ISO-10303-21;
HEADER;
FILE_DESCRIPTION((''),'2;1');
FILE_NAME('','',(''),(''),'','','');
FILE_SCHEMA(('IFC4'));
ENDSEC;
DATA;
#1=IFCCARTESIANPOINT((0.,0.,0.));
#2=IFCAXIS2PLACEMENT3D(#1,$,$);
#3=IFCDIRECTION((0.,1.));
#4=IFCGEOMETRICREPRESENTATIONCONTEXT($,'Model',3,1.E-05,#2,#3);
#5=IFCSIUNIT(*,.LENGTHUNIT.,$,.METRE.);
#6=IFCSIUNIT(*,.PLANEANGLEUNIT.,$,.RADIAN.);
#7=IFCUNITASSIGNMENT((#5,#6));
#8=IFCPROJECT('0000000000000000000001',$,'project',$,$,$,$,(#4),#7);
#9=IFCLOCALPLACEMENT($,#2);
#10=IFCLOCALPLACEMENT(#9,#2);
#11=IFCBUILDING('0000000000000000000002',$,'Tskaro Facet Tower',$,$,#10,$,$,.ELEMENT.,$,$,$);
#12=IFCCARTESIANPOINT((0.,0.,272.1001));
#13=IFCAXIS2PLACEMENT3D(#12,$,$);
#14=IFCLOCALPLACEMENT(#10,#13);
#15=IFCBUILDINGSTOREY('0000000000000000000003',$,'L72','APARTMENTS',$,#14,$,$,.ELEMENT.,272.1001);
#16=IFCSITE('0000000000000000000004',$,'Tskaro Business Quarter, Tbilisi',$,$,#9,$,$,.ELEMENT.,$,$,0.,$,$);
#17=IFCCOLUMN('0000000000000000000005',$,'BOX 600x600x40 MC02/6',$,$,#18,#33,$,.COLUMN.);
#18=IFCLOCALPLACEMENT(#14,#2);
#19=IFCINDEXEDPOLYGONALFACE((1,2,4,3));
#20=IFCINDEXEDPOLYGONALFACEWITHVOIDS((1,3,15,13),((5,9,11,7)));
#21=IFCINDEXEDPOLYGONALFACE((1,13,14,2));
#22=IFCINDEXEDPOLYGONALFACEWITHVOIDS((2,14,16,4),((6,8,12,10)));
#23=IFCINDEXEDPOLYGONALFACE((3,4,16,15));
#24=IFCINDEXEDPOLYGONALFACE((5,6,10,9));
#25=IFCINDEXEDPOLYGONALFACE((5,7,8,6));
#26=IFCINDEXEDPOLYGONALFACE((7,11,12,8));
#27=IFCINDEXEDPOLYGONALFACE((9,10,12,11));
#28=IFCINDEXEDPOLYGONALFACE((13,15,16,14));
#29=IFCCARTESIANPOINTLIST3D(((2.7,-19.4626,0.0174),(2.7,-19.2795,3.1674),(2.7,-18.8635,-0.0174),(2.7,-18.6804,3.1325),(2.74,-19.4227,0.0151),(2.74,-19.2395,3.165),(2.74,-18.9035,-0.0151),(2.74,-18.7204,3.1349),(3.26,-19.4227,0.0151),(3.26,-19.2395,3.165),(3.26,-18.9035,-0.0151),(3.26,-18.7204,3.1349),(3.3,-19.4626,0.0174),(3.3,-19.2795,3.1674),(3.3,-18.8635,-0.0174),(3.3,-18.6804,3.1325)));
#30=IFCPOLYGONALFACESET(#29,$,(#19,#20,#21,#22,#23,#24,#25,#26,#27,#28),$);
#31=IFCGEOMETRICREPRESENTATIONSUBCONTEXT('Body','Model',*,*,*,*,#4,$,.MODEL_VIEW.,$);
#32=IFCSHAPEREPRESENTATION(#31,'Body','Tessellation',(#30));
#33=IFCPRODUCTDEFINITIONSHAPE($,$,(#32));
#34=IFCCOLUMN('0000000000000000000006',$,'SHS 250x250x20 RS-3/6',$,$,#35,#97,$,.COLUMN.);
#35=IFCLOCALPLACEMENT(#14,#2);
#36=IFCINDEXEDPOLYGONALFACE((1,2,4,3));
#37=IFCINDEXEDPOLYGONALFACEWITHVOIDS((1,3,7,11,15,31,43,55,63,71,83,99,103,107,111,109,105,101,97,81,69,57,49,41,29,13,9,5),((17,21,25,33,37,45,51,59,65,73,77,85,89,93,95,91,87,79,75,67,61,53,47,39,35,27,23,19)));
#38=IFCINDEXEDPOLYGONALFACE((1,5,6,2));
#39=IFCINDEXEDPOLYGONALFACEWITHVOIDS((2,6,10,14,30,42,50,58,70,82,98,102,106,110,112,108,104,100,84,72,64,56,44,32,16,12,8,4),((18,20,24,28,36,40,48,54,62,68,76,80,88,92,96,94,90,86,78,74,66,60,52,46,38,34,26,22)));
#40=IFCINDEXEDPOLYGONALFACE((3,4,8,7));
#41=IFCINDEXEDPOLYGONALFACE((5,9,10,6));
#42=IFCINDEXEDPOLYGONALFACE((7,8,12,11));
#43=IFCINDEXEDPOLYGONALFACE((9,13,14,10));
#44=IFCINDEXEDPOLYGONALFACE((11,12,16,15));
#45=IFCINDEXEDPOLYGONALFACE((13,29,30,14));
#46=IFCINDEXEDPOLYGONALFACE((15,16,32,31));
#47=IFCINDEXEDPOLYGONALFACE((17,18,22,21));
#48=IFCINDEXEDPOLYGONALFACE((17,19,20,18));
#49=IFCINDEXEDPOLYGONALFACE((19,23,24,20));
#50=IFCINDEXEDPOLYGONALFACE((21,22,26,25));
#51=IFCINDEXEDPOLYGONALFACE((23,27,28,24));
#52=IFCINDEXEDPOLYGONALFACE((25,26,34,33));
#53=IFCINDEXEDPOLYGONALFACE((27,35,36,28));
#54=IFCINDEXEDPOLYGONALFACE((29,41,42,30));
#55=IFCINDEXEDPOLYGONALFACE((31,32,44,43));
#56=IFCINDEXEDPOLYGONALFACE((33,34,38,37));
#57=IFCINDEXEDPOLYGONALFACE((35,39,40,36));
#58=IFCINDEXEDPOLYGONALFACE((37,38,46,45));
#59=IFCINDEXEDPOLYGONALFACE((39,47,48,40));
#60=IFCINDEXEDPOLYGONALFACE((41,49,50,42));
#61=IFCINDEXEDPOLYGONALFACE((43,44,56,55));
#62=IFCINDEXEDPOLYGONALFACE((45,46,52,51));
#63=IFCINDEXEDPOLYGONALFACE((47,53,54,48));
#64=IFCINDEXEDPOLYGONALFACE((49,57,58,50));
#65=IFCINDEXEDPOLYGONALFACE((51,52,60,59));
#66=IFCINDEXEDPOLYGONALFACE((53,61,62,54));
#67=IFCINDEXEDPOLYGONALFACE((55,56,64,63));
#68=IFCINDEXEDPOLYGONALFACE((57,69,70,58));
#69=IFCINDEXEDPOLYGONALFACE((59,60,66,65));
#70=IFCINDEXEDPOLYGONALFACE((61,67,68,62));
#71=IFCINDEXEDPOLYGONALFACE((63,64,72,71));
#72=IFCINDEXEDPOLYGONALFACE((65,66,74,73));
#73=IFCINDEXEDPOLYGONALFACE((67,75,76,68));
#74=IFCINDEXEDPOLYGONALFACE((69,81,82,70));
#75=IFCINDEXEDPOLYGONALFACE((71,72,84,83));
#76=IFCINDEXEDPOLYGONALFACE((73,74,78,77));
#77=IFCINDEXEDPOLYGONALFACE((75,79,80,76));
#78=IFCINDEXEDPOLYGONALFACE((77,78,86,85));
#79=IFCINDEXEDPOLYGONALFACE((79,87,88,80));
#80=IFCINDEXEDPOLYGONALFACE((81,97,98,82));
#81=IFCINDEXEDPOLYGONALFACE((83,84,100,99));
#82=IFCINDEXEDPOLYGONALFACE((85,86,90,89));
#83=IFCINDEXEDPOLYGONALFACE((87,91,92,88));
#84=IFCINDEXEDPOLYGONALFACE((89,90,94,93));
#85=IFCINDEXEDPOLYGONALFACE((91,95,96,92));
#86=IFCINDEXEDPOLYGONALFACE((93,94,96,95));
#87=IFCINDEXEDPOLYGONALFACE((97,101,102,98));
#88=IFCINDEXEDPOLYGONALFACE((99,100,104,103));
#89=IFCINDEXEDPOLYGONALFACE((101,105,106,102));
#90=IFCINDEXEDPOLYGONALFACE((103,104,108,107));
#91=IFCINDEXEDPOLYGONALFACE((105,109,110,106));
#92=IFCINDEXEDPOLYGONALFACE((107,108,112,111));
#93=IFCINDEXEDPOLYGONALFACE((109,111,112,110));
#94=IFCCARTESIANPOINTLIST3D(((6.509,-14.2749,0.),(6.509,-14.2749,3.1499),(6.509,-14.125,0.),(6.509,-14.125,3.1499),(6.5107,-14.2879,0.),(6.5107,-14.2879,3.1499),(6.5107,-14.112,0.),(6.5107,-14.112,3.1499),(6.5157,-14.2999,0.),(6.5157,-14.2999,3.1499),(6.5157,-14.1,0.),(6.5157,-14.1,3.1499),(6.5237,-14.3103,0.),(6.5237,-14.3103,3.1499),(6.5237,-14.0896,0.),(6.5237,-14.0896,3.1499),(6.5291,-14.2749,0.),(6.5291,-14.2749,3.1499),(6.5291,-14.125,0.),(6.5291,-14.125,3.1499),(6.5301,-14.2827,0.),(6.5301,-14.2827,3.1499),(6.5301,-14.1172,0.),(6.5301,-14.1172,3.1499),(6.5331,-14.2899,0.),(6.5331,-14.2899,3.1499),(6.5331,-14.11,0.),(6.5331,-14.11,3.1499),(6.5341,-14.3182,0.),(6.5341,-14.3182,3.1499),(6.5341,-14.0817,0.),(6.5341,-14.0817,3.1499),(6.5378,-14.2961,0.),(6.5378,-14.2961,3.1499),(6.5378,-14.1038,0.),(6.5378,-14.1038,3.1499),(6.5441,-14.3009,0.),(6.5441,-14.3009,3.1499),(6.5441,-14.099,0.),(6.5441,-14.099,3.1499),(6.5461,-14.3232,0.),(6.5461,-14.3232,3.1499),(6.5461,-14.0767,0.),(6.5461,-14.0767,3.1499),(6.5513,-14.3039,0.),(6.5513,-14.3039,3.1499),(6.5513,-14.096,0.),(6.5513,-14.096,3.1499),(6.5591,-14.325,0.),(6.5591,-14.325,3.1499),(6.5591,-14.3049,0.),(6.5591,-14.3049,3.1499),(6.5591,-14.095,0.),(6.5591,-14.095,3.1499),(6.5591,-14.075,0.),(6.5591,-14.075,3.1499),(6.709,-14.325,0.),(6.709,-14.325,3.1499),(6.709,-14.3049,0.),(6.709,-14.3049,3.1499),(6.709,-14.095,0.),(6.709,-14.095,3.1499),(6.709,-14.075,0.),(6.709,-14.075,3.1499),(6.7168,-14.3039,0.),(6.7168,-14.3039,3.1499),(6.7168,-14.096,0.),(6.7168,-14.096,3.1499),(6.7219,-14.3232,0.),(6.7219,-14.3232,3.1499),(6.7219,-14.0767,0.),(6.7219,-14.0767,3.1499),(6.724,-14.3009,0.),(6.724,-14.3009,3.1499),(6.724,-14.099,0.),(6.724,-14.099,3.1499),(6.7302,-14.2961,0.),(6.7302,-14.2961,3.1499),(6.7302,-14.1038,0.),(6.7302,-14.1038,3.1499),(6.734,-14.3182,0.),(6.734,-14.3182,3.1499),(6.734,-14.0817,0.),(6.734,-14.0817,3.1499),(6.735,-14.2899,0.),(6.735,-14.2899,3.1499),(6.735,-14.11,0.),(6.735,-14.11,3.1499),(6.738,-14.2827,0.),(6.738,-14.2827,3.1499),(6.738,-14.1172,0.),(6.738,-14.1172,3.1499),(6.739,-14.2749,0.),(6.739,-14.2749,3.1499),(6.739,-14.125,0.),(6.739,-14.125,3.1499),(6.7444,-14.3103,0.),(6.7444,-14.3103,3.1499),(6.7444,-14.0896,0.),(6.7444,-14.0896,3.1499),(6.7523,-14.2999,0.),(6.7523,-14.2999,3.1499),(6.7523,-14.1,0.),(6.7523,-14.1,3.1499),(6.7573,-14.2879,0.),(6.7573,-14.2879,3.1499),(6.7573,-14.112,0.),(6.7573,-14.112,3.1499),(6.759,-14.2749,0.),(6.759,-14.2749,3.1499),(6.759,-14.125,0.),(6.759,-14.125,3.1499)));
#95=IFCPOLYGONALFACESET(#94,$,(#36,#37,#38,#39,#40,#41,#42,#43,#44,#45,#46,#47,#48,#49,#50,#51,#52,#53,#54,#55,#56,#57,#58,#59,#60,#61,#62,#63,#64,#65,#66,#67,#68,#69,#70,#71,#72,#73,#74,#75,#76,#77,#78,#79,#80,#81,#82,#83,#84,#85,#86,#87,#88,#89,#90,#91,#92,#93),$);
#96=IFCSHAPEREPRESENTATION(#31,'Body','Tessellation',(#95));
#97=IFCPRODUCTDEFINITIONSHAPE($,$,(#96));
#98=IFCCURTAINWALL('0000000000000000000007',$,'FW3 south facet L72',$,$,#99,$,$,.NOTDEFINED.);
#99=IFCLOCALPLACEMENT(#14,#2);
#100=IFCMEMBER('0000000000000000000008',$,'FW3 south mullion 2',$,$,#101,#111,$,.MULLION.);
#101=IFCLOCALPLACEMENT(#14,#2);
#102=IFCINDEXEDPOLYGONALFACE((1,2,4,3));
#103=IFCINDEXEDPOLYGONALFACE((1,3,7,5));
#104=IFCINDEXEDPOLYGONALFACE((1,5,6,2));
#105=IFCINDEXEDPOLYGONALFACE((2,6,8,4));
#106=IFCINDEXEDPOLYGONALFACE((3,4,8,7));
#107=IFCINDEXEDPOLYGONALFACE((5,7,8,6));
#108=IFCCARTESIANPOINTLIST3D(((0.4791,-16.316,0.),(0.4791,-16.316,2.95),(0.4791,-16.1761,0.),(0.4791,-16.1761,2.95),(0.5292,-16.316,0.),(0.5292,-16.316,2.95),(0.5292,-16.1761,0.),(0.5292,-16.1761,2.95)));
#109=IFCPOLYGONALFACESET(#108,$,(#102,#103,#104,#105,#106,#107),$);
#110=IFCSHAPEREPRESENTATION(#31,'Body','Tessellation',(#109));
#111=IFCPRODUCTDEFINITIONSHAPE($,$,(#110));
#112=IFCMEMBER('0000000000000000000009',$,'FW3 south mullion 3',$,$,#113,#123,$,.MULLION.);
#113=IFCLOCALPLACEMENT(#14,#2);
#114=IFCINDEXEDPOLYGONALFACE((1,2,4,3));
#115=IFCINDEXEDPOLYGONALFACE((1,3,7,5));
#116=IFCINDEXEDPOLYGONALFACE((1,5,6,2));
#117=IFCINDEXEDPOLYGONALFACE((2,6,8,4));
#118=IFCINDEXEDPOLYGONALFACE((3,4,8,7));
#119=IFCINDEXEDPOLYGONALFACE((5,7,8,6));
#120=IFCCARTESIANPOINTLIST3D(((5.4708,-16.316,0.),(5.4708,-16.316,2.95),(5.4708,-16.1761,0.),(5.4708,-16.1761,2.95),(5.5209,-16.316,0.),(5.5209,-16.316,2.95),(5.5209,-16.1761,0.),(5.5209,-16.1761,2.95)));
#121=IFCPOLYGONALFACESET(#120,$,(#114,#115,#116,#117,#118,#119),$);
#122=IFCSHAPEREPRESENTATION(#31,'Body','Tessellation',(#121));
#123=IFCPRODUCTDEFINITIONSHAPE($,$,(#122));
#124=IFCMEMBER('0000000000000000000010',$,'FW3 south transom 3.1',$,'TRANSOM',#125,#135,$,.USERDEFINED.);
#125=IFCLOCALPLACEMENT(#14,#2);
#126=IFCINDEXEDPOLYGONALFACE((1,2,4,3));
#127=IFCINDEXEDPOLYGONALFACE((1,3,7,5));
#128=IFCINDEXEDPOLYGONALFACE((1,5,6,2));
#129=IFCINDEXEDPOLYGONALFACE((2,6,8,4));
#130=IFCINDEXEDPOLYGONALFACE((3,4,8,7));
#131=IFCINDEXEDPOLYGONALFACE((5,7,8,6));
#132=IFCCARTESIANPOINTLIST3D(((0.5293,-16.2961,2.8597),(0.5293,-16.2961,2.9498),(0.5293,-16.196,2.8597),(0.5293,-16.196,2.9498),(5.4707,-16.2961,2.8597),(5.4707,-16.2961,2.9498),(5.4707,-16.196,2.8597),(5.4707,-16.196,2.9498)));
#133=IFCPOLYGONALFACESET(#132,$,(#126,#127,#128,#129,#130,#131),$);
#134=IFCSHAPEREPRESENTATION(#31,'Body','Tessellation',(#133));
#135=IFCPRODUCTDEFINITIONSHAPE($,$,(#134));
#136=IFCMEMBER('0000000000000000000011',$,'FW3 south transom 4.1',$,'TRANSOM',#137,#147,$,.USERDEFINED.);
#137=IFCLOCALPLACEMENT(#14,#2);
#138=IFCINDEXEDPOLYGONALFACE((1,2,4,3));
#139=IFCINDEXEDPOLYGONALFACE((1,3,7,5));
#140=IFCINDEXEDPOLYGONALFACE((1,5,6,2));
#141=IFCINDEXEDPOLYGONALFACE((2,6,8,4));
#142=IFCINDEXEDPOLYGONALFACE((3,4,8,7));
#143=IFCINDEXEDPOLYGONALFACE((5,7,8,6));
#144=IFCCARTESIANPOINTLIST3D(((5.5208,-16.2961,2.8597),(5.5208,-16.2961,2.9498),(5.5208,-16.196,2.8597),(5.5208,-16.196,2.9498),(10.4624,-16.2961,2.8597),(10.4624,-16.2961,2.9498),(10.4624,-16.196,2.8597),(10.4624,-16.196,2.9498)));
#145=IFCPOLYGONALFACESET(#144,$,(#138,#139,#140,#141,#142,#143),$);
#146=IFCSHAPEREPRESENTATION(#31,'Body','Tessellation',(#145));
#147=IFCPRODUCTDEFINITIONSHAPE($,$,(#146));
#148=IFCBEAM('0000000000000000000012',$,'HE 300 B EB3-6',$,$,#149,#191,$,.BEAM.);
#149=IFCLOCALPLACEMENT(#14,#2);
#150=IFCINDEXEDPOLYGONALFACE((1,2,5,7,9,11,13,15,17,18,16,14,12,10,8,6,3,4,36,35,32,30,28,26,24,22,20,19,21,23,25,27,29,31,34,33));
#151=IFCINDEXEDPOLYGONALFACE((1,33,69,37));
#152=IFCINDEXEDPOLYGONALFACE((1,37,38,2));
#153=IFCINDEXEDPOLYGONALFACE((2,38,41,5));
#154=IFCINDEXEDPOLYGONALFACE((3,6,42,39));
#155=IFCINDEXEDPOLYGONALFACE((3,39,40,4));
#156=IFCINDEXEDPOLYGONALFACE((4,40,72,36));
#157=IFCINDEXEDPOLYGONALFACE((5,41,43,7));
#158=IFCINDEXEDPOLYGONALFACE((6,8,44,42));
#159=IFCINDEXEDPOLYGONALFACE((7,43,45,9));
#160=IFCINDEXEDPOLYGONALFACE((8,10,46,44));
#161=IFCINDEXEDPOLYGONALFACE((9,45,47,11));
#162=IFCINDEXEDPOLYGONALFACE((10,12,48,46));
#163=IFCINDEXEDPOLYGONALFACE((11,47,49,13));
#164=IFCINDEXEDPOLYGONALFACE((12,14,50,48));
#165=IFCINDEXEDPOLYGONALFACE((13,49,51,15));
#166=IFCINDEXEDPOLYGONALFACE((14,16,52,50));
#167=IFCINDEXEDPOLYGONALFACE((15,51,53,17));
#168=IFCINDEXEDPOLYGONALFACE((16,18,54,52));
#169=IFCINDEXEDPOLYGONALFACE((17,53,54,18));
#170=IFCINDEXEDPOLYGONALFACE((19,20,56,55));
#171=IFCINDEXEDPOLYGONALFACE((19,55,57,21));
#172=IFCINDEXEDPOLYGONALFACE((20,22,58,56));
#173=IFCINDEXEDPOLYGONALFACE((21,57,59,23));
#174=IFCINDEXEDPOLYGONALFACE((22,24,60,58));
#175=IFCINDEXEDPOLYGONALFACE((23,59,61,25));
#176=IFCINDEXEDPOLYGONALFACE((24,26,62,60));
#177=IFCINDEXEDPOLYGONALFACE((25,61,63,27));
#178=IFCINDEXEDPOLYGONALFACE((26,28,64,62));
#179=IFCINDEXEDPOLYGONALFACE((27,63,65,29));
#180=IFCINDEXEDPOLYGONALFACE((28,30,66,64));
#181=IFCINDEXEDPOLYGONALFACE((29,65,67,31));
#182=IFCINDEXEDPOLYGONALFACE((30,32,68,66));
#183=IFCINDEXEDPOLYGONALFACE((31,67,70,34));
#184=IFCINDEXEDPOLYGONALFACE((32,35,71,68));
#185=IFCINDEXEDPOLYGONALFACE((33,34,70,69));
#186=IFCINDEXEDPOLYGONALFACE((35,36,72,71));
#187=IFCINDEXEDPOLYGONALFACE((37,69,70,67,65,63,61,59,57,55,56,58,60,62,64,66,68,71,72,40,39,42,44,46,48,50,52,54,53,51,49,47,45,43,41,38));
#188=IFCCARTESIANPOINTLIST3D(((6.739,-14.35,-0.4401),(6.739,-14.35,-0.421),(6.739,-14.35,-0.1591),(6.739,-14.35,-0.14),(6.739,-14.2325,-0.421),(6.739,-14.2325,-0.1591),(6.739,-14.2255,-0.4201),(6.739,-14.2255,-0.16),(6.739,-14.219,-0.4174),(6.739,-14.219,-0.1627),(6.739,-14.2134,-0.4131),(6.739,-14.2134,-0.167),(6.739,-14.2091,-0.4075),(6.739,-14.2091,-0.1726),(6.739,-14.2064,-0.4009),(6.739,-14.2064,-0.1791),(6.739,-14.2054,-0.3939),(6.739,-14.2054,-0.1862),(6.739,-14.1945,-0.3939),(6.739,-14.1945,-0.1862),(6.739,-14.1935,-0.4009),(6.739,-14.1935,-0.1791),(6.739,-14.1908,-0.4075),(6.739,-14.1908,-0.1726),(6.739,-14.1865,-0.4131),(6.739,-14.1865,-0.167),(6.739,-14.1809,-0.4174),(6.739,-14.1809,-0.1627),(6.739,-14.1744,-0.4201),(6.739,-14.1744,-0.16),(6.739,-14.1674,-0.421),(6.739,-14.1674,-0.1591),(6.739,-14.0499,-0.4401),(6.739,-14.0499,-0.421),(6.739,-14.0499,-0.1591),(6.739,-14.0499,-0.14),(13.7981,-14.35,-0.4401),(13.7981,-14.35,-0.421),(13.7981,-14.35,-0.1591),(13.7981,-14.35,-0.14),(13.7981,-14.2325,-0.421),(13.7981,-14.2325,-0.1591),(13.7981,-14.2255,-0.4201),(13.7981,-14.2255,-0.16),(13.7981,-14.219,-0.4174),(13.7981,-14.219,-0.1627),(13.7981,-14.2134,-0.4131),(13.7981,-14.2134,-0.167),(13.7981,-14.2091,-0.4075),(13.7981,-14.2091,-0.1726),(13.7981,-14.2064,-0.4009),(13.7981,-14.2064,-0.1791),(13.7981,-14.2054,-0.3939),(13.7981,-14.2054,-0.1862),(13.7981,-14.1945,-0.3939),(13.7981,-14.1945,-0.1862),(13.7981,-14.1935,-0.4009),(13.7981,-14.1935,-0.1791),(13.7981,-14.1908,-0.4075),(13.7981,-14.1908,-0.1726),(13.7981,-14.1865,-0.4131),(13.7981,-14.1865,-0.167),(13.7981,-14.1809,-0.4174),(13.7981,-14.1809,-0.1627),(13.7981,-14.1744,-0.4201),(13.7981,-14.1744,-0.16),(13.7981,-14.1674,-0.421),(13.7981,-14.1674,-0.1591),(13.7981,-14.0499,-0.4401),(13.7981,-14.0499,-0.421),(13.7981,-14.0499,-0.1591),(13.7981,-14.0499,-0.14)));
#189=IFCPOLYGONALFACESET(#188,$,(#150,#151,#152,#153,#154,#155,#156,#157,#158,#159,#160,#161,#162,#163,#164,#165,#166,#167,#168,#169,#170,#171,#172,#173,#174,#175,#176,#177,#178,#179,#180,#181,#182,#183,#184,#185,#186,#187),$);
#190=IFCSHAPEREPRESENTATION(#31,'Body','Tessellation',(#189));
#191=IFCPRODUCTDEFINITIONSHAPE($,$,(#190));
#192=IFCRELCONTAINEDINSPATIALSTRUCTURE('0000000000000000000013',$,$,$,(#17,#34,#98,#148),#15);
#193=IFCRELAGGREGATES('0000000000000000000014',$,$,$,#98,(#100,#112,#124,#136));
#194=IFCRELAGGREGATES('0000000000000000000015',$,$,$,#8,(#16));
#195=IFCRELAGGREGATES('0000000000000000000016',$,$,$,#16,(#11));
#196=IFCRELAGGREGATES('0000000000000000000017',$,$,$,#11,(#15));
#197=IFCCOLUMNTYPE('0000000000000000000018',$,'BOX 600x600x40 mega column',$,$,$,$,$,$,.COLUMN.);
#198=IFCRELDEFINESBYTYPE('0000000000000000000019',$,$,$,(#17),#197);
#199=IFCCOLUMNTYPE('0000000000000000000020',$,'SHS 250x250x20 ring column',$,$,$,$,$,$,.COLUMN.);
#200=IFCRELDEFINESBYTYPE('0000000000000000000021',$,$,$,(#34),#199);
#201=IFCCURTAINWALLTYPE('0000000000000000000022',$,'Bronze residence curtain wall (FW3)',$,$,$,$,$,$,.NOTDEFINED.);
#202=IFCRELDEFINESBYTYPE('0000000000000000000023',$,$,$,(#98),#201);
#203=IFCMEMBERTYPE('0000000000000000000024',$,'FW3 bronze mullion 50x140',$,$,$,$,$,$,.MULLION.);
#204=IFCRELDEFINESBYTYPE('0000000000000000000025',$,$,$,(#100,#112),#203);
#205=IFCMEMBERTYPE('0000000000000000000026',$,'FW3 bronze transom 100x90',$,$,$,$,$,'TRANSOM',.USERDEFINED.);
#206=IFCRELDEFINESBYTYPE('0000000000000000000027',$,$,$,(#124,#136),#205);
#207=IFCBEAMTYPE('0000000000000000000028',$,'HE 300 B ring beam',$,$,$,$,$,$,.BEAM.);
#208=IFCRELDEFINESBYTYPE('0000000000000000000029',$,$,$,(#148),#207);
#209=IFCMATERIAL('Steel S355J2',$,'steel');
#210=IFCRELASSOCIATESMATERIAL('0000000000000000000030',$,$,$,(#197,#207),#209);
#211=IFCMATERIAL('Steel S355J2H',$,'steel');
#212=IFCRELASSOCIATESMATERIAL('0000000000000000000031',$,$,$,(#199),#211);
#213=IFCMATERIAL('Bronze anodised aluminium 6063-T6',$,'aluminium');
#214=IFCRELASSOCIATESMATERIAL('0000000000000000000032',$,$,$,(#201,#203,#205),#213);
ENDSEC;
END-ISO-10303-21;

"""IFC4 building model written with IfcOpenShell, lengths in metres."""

from ifc_helpers import new_model, si_unit, direction, frame, origin, origin_2d, place, context, subcontext, project, spatial, rectangle, hollow_rectangle, i_section, extrude, material, material_profile, profile_set, type_object, element, aggregate, save


model = new_model("IFC4")

# Units and contexts
model_context = context("Model", 3, precision=1e-05, world=origin(), true_north=direction((0.0, 1.0)))
body_context = subcontext(model_context, "Body", "Model", "MODEL_VIEW")
ifc_project = project(units=[si_unit("LENGTHUNIT", "METRE"), si_unit("PLANEANGLEUNIT", "RADIAN")], contexts=[model_context])

# Site, building, storey
site_placement = place(None, origin())
site = spatial("IfcSite", under=ifc_project, at=site_placement, Name="Tskaro Business Quarter, Tbilisi", CompositionType="ELEMENT", RefElevation=0.0)
building_placement = place(site_placement, origin())
building = spatial("IfcBuilding", under=site, at=building_placement, Name="Tskaro Facet Tower", CompositionType="ELEMENT")
storey_placement = place(building_placement, frame((0.0, 0.0, 272.1001)))
storey = spatial("IfcBuildingStorey", under=building, at=storey_placement, Name="L72", Description="APARTMENTS", CompositionType="ELEMENT", Elevation=272.1001)

# Columns
ifc_material_1 = material(Name="Steel S355J2", Category="steel")
ifc_material_profile_1 = material_profile(ifc_material_1, hollow_rectangle(XDim=0.6001, YDim=0.6001, WallThickness=0.04, at=origin_2d()), Name="BOX 600x600x40")
ifc_profile_set_1 = profile_set([ifc_material_profile_1], Name="Steel S355J2")
column_type_1 = type_object("IfcColumnType", Name="BOX 600x600x40 mega column", PredefinedType="COLUMN", material=ifc_profile_set_1)
column_1_placement = place(storey_placement, frame((3.0, -19.1631, 0.0), z_axis=(0.0, 0.058033, 0.998315), x_axis=(-1.0, 0.0, 0.0)))
element("IfcColumn", 1, at=column_1_placement, inside=storey, type_object=column_type_1, Name="BOX 600x600x40 MC02/6", PredefinedType="COLUMN", context=body_context, shape_type="SweptSolid", body=[
    extrude(hollow_rectangle(XDim=0.6001, YDim=0.6001, WallThickness=0.04, at=origin_2d()), origin(), (0.0, 0.0, 1.0), 3.1553),
])
ifc_material_2 = material(Name="Steel S355J2H", Category="steel")
ifc_material_profile_2 = material_profile(ifc_material_2, hollow_rectangle(XDim=0.25, YDim=0.25, WallThickness=0.02, InnerFilletRadius=0.03, OuterFilletRadius=0.05, at=origin_2d()), Name="SHS 250x250x20")
ifc_profile_set_2 = profile_set([ifc_material_profile_2], Name="Steel S355J2H")
column_type_2 = type_object("IfcColumnType", Name="SHS 250x250x20 ring column", PredefinedType="COLUMN", material=ifc_profile_set_2)
column_2_placement = place(storey_placement, frame((6.634, -14.2, 0.0), z_axis=(0.0, 0.0, 1.0), x_axis=(1.0, 0.0, 0.0)))
element("IfcColumn", 2, at=column_2_placement, inside=storey, type_object=column_type_2, Name="SHS 250x250x20 RS-3/6", PredefinedType="COLUMN", context=body_context, shape_type="SweptSolid", body=[
    extrude(hollow_rectangle(XDim=0.25, YDim=0.25, WallThickness=0.02, InnerFilletRadius=0.03, OuterFilletRadius=0.05, at=origin_2d()), origin(), (0.0, 0.0, 1.0), 3.1499),
])

# Curtain wall, members
ifc_material_3 = material(Name="Bronze anodised aluminium 6063-T6", Category="aluminium")
curtain_wall_type = type_object("IfcCurtainWallType", Name="Bronze residence curtain wall (FW3)", PredefinedType="NOTDEFINED", material=ifc_material_3)
curtain_wall_placement = place(storey_placement, origin())
curtain_wall = element("IfcCurtainWall", 3, at=curtain_wall_placement, inside=storey, type_object=curtain_wall_type, Name="FW3 south facet L72", PredefinedType="NOTDEFINED")
ifc_material_profile_3 = material_profile(ifc_material_3, rectangle(XDim=0.05, YDim=0.1399, at=origin_2d()), Name="Mullion 50x140")
ifc_profile_set_3 = profile_set([ifc_material_profile_3], Name="Bronze anodised aluminium 6063-T6")
member_type_1 = type_object("IfcMemberType", Name="FW3 bronze mullion 50x140", PredefinedType="MULLION", material=ifc_profile_set_3)
member_1_placement = place(storey_placement, frame((0.5042, -16.2461, 0.0), z_axis=(0.0, 0.0, 1.0), x_axis=(1.0, 0.0, 0.0)))
member_1 = element("IfcMember", 4, at=member_1_placement, type_object=member_type_1, Name="FW3 south mullion 2", PredefinedType="MULLION", context=body_context, shape_type="SweptSolid", body=[
    extrude(rectangle(XDim=0.05, YDim=0.1399, at=origin_2d()), origin(), (0.0, 0.0, 1.0), 2.95),
])
member_2_placement = place(storey_placement, frame((5.4958, -16.2461, 0.0), z_axis=(0.0, 0.0, 1.0), x_axis=(1.0, 0.0, 0.0)))
member_2 = element("IfcMember", 5, at=member_2_placement, type_object=member_type_1, Name="FW3 south mullion 3", PredefinedType="MULLION", context=body_context, shape_type="SweptSolid", body=[
    extrude(rectangle(XDim=0.05, YDim=0.1399, at=origin_2d()), origin(), (0.0, 0.0, 1.0), 2.95),
])
ifc_material_profile_4 = material_profile(ifc_material_3, rectangle(XDim=0.1001, YDim=0.0901, at=origin_2d()), Name="Transom 100x90")
ifc_profile_set_4 = profile_set([ifc_material_profile_4], Name="Bronze anodised aluminium 6063-T6")
member_type_2 = type_object("IfcMemberType", Name="FW3 bronze transom 100x90", ElementType="TRANSOM", PredefinedType="USERDEFINED", material=ifc_profile_set_4)
member_3_placement = place(storey_placement, frame((0.5293, -16.2461, 2.9048), z_axis=(1.0, 0.0, 0.0), x_axis=(0.0, 1.0, 0.0)))
member_3 = element("IfcMember", 6, at=member_3_placement, type_object=member_type_2, Name="FW3 south transom 3.1", ObjectType="TRANSOM", PredefinedType="USERDEFINED", context=body_context, shape_type="SweptSolid", body=[
    extrude(rectangle(XDim=0.1001, YDim=0.0901, at=origin_2d()), origin(), (0.0, 0.0, 1.0), 4.9414),
])
member_4_placement = place(storey_placement, frame((5.5208, -16.2461, 2.9048), z_axis=(1.0, 0.0, 0.0), x_axis=(0.0, 1.0, 0.0)))
member_4 = element("IfcMember", 7, at=member_4_placement, type_object=member_type_2, Name="FW3 south transom 4.1", ObjectType="TRANSOM", PredefinedType="USERDEFINED", context=body_context, shape_type="SweptSolid", body=[
    extrude(rectangle(XDim=0.1001, YDim=0.0901, at=origin_2d()), origin(), (0.0, 0.0, 1.0), 4.9417),
])

# Beam
ifc_material_profile_5 = material_profile(ifc_material_1, i_section(OverallWidth=0.3, OverallDepth=0.3, WebThickness=0.011, FlangeThickness=0.019, FilletRadius=0.0271, at=origin_2d()), Name="HE 300 B")
ifc_profile_set_5 = profile_set([ifc_material_profile_5], Name="Steel S355J2")
beam_type_1 = type_object("IfcBeamType", Name="HE 300 B ring beam", PredefinedType="BEAM", material=ifc_profile_set_5)
beam_1_placement = place(storey_placement, frame((6.739, -14.2, -0.29), z_axis=(1.0, 0.0, 0.0), x_axis=(0.0, 1.0, 0.0)))
element("IfcBeam", 8, at=beam_1_placement, inside=storey, type_object=beam_type_1, Name="HE 300 B EB3-6", PredefinedType="BEAM", context=body_context, shape_type="SweptSolid", body=[
    extrude(i_section(OverallWidth=0.3, OverallDepth=0.3, WebThickness=0.011, FlangeThickness=0.019, FilletRadius=0.0271, at=origin_2d()), origin(), (0.0, 0.0, 1.0), 7.0591),
])

aggregate(curtain_wall, [member_1, member_2, member_3, member_4])

save(model, "model.ifc")
